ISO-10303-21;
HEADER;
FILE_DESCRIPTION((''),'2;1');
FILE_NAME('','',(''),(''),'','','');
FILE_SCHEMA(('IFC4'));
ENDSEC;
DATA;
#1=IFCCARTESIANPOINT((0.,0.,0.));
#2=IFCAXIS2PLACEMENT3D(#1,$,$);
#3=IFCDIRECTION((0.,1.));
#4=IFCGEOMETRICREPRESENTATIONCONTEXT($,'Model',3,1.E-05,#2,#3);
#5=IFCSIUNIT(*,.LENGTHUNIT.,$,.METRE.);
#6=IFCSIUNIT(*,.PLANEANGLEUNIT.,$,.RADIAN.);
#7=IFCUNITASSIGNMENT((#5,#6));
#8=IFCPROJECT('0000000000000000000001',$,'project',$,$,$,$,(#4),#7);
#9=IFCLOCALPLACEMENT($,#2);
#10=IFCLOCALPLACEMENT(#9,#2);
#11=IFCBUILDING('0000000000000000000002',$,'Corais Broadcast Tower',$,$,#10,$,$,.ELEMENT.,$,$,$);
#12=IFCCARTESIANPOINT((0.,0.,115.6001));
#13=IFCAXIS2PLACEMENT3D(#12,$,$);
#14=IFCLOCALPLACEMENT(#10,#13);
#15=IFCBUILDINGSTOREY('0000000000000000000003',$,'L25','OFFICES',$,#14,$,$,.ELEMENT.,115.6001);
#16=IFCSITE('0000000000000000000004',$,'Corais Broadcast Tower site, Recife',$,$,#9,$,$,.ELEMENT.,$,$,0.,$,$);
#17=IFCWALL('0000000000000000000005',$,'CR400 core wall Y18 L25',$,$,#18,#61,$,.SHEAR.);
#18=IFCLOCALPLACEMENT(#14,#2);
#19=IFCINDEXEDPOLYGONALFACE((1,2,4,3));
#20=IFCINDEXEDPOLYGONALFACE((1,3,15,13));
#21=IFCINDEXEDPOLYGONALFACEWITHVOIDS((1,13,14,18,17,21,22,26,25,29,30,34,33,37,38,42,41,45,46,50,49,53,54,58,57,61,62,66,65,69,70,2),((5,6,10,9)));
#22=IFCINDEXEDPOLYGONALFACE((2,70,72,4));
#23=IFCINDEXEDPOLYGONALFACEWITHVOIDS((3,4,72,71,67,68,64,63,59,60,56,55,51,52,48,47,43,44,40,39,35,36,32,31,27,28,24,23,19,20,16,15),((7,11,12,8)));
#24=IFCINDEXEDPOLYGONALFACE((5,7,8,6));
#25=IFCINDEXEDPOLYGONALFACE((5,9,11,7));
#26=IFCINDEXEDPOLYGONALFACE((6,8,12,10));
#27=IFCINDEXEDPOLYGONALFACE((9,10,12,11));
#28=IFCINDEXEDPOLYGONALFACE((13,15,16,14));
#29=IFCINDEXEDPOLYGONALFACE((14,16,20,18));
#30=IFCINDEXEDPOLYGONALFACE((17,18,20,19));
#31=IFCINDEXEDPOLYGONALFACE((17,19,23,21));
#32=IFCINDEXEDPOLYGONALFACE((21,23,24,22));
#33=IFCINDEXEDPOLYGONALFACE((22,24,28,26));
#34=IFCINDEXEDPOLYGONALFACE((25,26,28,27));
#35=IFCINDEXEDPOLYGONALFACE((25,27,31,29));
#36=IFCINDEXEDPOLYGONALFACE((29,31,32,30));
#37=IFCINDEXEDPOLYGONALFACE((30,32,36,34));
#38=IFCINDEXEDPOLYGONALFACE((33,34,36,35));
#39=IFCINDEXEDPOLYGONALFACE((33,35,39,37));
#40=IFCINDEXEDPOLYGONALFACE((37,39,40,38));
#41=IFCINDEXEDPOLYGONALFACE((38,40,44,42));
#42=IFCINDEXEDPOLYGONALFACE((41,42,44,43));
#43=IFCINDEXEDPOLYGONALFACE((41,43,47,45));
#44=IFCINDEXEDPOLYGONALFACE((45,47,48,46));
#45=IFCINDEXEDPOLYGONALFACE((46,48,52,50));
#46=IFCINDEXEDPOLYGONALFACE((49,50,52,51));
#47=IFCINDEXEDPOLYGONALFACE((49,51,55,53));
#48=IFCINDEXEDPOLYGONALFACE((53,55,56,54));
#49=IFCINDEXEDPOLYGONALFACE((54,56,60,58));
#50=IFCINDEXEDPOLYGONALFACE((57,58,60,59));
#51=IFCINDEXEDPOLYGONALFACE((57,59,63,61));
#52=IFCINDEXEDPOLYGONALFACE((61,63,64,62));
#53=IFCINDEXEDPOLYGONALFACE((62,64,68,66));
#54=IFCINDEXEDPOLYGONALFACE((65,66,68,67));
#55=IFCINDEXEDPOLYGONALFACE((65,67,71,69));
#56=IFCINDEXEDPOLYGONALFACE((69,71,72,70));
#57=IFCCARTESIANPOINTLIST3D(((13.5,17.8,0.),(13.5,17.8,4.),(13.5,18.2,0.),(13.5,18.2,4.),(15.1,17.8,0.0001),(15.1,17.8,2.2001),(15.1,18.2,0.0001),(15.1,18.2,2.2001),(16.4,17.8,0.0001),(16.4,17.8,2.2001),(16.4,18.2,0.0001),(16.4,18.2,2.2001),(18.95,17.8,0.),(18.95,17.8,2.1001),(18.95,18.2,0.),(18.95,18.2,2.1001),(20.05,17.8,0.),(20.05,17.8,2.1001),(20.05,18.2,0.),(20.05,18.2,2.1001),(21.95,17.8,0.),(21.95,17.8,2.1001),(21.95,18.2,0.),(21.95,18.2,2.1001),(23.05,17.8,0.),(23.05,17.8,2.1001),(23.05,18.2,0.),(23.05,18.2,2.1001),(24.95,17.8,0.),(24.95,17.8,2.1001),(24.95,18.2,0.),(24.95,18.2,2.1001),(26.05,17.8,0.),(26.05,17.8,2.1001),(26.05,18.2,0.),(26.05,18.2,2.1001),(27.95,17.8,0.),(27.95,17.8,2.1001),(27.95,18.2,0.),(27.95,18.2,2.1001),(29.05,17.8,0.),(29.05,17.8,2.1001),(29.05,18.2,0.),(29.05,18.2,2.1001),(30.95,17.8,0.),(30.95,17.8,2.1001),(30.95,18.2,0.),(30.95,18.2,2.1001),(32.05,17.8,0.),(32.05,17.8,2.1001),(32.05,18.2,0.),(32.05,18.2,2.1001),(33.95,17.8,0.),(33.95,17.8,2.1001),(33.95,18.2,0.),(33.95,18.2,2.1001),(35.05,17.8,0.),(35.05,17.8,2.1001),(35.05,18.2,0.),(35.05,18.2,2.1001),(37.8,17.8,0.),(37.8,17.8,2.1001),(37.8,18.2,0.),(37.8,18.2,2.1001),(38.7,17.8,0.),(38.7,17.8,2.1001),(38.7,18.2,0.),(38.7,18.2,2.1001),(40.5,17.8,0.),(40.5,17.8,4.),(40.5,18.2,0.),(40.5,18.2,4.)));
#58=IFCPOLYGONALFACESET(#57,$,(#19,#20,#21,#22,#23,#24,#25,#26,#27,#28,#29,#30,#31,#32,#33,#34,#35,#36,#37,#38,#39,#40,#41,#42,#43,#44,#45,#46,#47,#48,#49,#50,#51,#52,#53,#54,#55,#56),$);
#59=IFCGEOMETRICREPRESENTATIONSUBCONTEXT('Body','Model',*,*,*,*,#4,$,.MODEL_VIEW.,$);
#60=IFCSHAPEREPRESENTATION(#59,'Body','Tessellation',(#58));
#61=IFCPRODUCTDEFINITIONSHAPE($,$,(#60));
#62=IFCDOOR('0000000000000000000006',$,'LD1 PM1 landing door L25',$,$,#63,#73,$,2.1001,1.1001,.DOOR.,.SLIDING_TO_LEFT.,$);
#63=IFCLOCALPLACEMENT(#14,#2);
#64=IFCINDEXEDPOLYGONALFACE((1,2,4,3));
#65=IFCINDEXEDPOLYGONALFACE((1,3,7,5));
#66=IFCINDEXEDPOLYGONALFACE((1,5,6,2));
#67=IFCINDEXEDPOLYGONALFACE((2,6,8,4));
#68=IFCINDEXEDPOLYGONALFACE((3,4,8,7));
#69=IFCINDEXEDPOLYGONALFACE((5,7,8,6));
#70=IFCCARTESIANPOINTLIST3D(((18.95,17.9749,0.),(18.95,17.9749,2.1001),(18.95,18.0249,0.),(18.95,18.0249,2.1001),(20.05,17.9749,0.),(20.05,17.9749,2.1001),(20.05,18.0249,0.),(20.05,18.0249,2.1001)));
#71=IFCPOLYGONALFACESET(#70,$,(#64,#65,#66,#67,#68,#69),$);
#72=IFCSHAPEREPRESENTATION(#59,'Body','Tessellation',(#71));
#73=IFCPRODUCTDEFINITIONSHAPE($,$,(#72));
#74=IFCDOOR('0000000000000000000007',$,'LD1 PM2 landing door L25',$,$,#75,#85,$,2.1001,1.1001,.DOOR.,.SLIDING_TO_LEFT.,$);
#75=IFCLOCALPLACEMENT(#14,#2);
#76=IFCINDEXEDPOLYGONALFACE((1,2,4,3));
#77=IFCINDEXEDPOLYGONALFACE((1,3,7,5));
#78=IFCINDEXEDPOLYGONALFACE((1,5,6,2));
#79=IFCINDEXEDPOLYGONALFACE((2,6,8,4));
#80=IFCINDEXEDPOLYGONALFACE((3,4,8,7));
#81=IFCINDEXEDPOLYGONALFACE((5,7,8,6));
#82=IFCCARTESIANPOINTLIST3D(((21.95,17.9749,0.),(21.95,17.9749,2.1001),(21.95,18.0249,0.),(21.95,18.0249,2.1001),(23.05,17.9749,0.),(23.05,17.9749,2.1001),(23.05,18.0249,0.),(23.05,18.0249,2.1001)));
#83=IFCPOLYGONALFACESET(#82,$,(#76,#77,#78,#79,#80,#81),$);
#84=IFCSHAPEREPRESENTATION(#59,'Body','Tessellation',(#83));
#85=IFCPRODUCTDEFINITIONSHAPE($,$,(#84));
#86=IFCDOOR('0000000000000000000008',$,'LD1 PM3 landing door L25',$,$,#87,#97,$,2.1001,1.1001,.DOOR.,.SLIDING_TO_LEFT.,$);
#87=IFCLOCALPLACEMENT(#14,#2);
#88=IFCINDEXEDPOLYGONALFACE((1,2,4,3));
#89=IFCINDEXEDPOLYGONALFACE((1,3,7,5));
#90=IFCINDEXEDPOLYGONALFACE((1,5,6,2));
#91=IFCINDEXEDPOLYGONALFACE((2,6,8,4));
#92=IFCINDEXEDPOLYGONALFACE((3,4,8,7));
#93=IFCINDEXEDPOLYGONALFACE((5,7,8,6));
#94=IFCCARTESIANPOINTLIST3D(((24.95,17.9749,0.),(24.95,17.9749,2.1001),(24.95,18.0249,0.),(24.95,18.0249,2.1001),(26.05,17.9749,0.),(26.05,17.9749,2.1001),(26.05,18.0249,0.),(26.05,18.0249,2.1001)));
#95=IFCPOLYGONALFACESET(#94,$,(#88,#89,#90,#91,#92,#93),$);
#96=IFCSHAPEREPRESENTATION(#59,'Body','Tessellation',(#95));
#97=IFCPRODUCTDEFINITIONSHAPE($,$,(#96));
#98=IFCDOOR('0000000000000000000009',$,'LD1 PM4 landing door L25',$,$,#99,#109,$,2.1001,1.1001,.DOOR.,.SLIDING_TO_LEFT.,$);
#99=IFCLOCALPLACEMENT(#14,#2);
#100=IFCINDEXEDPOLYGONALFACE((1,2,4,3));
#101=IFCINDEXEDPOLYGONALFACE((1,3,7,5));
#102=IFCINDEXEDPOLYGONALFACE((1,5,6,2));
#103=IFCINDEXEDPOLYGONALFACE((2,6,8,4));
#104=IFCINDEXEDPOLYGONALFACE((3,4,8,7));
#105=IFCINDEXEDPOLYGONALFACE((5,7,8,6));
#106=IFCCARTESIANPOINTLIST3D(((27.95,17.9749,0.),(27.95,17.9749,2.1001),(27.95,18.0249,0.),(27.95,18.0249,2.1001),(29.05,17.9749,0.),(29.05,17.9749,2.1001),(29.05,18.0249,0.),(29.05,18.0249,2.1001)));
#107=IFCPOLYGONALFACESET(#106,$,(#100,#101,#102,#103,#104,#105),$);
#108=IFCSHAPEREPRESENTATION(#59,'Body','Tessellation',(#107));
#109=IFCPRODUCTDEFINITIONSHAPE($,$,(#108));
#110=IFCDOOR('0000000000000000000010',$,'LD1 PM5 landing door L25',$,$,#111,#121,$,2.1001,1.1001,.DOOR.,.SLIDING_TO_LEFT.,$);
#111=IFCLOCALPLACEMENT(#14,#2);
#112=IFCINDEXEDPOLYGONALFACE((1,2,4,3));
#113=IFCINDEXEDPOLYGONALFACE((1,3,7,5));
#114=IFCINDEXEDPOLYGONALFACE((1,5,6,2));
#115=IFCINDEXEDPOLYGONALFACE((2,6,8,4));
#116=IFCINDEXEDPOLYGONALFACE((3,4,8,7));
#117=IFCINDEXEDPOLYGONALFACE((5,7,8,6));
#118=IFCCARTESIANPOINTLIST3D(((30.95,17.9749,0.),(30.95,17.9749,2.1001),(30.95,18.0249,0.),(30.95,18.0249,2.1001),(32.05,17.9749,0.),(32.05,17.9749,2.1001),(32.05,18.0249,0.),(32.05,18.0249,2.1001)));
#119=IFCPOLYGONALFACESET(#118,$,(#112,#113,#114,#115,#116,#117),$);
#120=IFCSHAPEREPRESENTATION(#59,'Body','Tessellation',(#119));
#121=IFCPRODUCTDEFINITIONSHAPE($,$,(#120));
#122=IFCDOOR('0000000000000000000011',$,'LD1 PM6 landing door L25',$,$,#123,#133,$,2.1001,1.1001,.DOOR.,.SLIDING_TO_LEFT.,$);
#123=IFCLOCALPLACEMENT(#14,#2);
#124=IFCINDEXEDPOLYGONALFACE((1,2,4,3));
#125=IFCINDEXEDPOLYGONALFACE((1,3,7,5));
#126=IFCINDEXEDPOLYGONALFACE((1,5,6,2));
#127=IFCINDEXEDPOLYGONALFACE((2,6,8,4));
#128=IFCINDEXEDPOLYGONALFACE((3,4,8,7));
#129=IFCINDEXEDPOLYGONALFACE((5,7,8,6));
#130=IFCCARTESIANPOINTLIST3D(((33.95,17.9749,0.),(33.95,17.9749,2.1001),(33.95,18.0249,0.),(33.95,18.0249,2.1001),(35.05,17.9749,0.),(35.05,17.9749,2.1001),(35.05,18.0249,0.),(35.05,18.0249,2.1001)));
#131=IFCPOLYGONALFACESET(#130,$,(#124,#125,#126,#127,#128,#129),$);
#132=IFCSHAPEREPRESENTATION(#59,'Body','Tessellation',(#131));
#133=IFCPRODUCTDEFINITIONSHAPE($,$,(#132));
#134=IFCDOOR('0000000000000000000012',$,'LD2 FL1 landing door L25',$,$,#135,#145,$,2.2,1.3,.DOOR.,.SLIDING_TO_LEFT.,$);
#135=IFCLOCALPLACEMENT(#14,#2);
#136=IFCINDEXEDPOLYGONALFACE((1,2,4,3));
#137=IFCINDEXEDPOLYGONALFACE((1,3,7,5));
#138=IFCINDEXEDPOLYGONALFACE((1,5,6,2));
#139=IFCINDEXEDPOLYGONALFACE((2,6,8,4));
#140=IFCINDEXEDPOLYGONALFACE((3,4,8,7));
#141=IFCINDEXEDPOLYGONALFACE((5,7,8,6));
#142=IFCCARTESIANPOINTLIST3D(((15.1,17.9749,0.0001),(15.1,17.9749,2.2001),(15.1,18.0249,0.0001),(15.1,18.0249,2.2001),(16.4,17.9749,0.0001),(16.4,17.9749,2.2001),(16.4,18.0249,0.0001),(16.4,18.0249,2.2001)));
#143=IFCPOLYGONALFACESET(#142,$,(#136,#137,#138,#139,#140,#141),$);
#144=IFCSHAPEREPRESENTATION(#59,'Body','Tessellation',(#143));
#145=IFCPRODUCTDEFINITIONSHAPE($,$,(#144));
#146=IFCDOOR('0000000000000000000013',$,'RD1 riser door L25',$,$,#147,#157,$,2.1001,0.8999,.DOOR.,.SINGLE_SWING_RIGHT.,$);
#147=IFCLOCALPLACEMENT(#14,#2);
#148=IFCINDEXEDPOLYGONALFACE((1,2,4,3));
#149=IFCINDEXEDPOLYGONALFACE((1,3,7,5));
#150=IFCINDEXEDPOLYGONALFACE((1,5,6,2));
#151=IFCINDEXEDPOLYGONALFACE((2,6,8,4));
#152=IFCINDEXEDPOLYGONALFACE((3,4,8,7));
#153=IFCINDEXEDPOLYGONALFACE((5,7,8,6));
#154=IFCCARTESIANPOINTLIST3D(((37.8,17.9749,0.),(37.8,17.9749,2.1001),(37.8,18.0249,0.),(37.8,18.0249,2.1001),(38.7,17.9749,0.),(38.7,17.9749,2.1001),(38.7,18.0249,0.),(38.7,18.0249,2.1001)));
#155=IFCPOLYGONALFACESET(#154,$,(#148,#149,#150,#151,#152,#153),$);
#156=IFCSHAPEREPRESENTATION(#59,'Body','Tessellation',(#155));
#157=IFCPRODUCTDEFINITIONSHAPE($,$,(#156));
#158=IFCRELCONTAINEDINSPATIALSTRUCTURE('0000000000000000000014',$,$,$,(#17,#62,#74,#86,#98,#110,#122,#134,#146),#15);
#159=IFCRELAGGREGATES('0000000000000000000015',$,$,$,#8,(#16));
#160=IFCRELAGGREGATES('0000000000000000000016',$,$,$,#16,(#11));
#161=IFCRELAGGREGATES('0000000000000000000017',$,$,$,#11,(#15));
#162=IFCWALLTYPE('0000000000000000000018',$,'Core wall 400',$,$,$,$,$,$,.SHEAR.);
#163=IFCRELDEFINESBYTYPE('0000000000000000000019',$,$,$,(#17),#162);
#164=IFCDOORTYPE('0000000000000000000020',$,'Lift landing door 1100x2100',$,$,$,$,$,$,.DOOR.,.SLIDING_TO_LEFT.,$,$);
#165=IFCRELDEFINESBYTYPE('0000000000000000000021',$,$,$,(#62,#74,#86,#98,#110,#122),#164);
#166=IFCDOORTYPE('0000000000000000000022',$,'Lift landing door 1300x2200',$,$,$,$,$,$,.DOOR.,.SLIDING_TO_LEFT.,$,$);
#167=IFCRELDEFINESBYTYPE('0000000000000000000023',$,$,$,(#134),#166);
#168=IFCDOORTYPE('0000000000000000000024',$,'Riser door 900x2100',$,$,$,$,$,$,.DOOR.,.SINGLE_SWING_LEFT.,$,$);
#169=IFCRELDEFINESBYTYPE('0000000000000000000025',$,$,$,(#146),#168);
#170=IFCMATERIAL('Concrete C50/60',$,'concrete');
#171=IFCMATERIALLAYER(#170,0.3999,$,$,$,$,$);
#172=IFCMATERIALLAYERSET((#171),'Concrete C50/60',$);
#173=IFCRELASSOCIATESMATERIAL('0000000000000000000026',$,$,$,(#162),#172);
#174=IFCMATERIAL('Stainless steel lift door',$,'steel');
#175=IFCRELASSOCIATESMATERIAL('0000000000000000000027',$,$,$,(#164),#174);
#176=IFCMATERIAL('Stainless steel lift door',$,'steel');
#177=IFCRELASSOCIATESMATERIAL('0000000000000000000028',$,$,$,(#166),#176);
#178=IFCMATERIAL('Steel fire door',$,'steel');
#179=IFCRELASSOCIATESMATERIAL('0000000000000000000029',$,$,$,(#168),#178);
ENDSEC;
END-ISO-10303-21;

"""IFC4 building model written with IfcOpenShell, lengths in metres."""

from ifc_helpers import new_model, si_unit, direction, frame, frame_2d, origin, place, context, subcontext, project, spatial, rectangle, extrude, material, layer, layer_set, type_object, element, fill, save


model = new_model("IFC4")

# Units and contexts
model_context = context("Model", 3, precision=1e-05, world=origin(), true_north=direction((0.0, 1.0)))
body_context = subcontext(model_context, "Body", "Model", "MODEL_VIEW")
ifc_project = project(units=[si_unit("LENGTHUNIT", "METRE"), si_unit("PLANEANGLEUNIT", "RADIAN")], contexts=[model_context])

# Site, building, storey
site_placement = place(None, origin())
site = spatial("IfcSite", under=ifc_project, at=site_placement, Name="Corais Broadcast Tower site, Recife", CompositionType="ELEMENT", RefElevation=0.0)
building_placement = place(site_placement, origin())
building = spatial("IfcBuilding", under=site, at=building_placement, Name="Corais Broadcast Tower", CompositionType="ELEMENT")
storey_placement = place(building_placement, frame((0.0, 0.0, 115.6001)))
storey = spatial("IfcBuildingStorey", under=building, at=storey_placement, Name="L25", Description="OFFICES", CompositionType="ELEMENT", Elevation=115.6001)

# Wall, openings, doors
ifc_material_1 = material(Name="Concrete C50/60", Category="concrete")
ifc_layer_1 = layer(ifc_material_1, 0.3999)
ifc_layer_set_1 = layer_set([ifc_layer_1], Name="Concrete C50/60")
wall_type_1 = type_object("IfcWallType", Name="Core wall 400", PredefinedType="SHEAR", material=ifc_layer_set_1)
wall_1_placement = place(storey_placement, frame((13.5, 18.0, 0.0), z_axis=(0.0, 0.0, 1.0), x_axis=(1.0, 0.0, 0.0)))
wall_1 = element("IfcWall", 1, at=wall_1_placement, inside=storey, type_object=wall_type_1, Name="CR400 core wall Y18 L25", PredefinedType="SHEAR", context=body_context, shape_type="SweptSolid", body=[
    extrude(rectangle(XDim=27.0, YDim=0.3999, at=frame_2d((13.5, 0.0))), origin(), (0.0, 0.0, 1.0), 4.0),
])
opening_1_placement = place(wall_1_placement, frame((24.3, 0.0, 0.0)))
opening_1 = element("IfcOpeningElement", 2, at=opening_1_placement, cuts=wall_1, PredefinedType="OPENING", context=body_context, shape_type="SweptSolid", body=[
    extrude(rectangle(XDim=0.8999, YDim=2.1001, at=frame_2d((0.45, 1.05))), frame((0.0, 0.21, 0.0), z_axis=(0.0, -1.0, 0.0), x_axis=(1.0, 0.0, 0.0)), (0.0, 0.0, 1.0), 0.4199),
])
opening_2_placement = place(wall_1_placement, frame((5.45, 0.0, 0.0)))
opening_2 = element("IfcOpeningElement", 3, at=opening_2_placement, cuts=wall_1, PredefinedType="OPENING", context=body_context, shape_type="SweptSolid", body=[
    extrude(rectangle(XDim=1.1001, YDim=2.1001, at=frame_2d((0.55, 1.05))), frame((0.0, 0.21, 0.0), z_axis=(0.0, -1.0, 0.0), x_axis=(1.0, 0.0, 0.0)), (0.0, 0.0, 1.0), 0.4199),
])
opening_3_placement = place(wall_1_placement, frame((8.45, 0.0, 0.0)))
opening_3 = element("IfcOpeningElement", 4, at=opening_3_placement, cuts=wall_1, PredefinedType="OPENING", context=body_context, shape_type="SweptSolid", body=[
    extrude(rectangle(XDim=1.1001, YDim=2.1001, at=frame_2d((0.55, 1.05))), frame((0.0, 0.21, 0.0), z_axis=(0.0, -1.0, 0.0), x_axis=(1.0, 0.0, 0.0)), (0.0, 0.0, 1.0), 0.4199),
])
opening_4_placement = place(wall_1_placement, frame((11.45, 0.0, 0.0)))
opening_4 = element("IfcOpeningElement", 5, at=opening_4_placement, cuts=wall_1, PredefinedType="OPENING", context=body_context, shape_type="SweptSolid", body=[
    extrude(rectangle(XDim=1.1001, YDim=2.1001, at=frame_2d((0.55, 1.05))), frame((0.0, 0.21, 0.0), z_axis=(0.0, -1.0, 0.0), x_axis=(1.0, 0.0, 0.0)), (0.0, 0.0, 1.0), 0.4199),
])
opening_5_placement = place(wall_1_placement, frame((14.45, 0.0, 0.0)))
opening_5 = element("IfcOpeningElement", 6, at=opening_5_placement, cuts=wall_1, PredefinedType="OPENING", context=body_context, shape_type="SweptSolid", body=[
    extrude(rectangle(XDim=1.1001, YDim=2.1001, at=frame_2d((0.55, 1.05))), frame((0.0, 0.21, 0.0), z_axis=(0.0, -1.0, 0.0), x_axis=(1.0, 0.0, 0.0)), (0.0, 0.0, 1.0), 0.4199),
])
opening_6_placement = place(wall_1_placement, frame((17.45, 0.0, 0.0)))
opening_6 = element("IfcOpeningElement", 7, at=opening_6_placement, cuts=wall_1, PredefinedType="OPENING", context=body_context, shape_type="SweptSolid", body=[
    extrude(rectangle(XDim=1.1001, YDim=2.1001, at=frame_2d((0.55, 1.05))), frame((0.0, 0.21, 0.0), z_axis=(0.0, -1.0, 0.0), x_axis=(1.0, 0.0, 0.0)), (0.0, 0.0, 1.0), 0.4199),
])
opening_7_placement = place(wall_1_placement, frame((20.45, 0.0, 0.0)))
opening_7 = element("IfcOpeningElement", 8, at=opening_7_placement, cuts=wall_1, PredefinedType="OPENING", context=body_context, shape_type="SweptSolid", body=[
    extrude(rectangle(XDim=1.1001, YDim=2.1001, at=frame_2d((0.55, 1.05))), frame((0.0, 0.21, 0.0), z_axis=(0.0, -1.0, 0.0), x_axis=(1.0, 0.0, 0.0)), (0.0, 0.0, 1.0), 0.4199),
])
opening_8_placement = place(wall_1_placement, frame((1.6001, 0.0, 0.0)))
opening_8 = element("IfcOpeningElement", 9, at=opening_8_placement, cuts=wall_1, PredefinedType="OPENING", context=body_context, shape_type="SweptSolid", body=[
    extrude(rectangle(XDim=1.3, YDim=2.2, at=frame_2d((0.6499, 1.1001))), frame((0.0, 0.21, 0.0), z_axis=(0.0, -1.0, 0.0), x_axis=(1.0, 0.0, 0.0)), (0.0, 0.0, 1.0), 0.4199),
])
ifc_material_2 = material(Name="Stainless steel lift door", Category="steel")
door_type_1 = type_object("IfcDoorType", Name="Lift landing door 1100x2100", OperationType="SLIDING_TO_LEFT", PredefinedType="DOOR", material=ifc_material_2)
door_1_placement = place(opening_2_placement, origin())
door_1 = element("IfcDoor", 10, at=door_1_placement, inside=storey, type_object=door_type_1, Name="LD1 PM1 landing door L25", OperationType="SLIDING_TO_LEFT", OverallHeight=2.1001, OverallWidth=1.1001, PredefinedType="DOOR", context=body_context, shape_type="SweptSolid", body=[
    extrude(rectangle(XDim=1.1001, YDim=2.1001, at=frame_2d((0.55, 1.05))), frame((0.0, 0.0249, 0.0), z_axis=(0.0, -1.0, 0.0), x_axis=(1.0, 0.0, 0.0)), (0.0, 0.0, 1.0), 0.05),
])
fill(opening_2, door_1)
door_2_placement = place(opening_3_placement, origin())
door_2 = element("IfcDoor", 11, at=door_2_placement, inside=storey, type_object=door_type_1, Name="LD1 PM2 landing door L25", OperationType="SLIDING_TO_LEFT", OverallHeight=2.1001, OverallWidth=1.1001, PredefinedType="DOOR", context=body_context, shape_type="SweptSolid", body=[
    extrude(rectangle(XDim=1.1001, YDim=2.1001, at=frame_2d((0.55, 1.05))), frame((0.0, 0.0249, 0.0), z_axis=(0.0, -1.0, 0.0), x_axis=(1.0, 0.0, 0.0)), (0.0, 0.0, 1.0), 0.05),
])
fill(opening_3, door_2)
door_3_placement = place(opening_4_placement, origin())
door_3 = element("IfcDoor", 12, at=door_3_placement, inside=storey, type_object=door_type_1, Name="LD1 PM3 landing door L25", OperationType="SLIDING_TO_LEFT", OverallHeight=2.1001, OverallWidth=1.1001, PredefinedType="DOOR", context=body_context, shape_type="SweptSolid", body=[
    extrude(rectangle(XDim=1.1001, YDim=2.1001, at=frame_2d((0.55, 1.05))), frame((0.0, 0.0249, 0.0), z_axis=(0.0, -1.0, 0.0), x_axis=(1.0, 0.0, 0.0)), (0.0, 0.0, 1.0), 0.05),
])
fill(opening_4, door_3)
door_4_placement = place(opening_5_placement, origin())
door_4 = element("IfcDoor", 13, at=door_4_placement, inside=storey, type_object=door_type_1, Name="LD1 PM4 landing door L25", OperationType="SLIDING_TO_LEFT", OverallHeight=2.1001, OverallWidth=1.1001, PredefinedType="DOOR", context=body_context, shape_type="SweptSolid", body=[
    extrude(rectangle(XDim=1.1001, YDim=2.1001, at=frame_2d((0.55, 1.05))), frame((0.0, 0.0249, 0.0), z_axis=(0.0, -1.0, 0.0), x_axis=(1.0, 0.0, 0.0)), (0.0, 0.0, 1.0), 0.05),
])
fill(opening_5, door_4)
door_5_placement = place(opening_6_placement, origin())
door_5 = element("IfcDoor", 14, at=door_5_placement, inside=storey, type_object=door_type_1, Name="LD1 PM5 landing door L25", OperationType="SLIDING_TO_LEFT", OverallHeight=2.1001, OverallWidth=1.1001, PredefinedType="DOOR", context=body_context, shape_type="SweptSolid", body=[
    extrude(rectangle(XDim=1.1001, YDim=2.1001, at=frame_2d((0.55, 1.05))), frame((0.0, 0.0249, 0.0), z_axis=(0.0, -1.0, 0.0), x_axis=(1.0, 0.0, 0.0)), (0.0, 0.0, 1.0), 0.05),
])
fill(opening_6, door_5)
door_6_placement = place(opening_7_placement, origin())
door_6 = element("IfcDoor", 15, at=door_6_placement, inside=storey, type_object=door_type_1, Name="LD1 PM6 landing door L25", OperationType="SLIDING_TO_LEFT", OverallHeight=2.1001, OverallWidth=1.1001, PredefinedType="DOOR", context=body_context, shape_type="SweptSolid", body=[
    extrude(rectangle(XDim=1.1001, YDim=2.1001, at=frame_2d((0.55, 1.05))), frame((0.0, 0.0249, 0.0), z_axis=(0.0, -1.0, 0.0), x_axis=(1.0, 0.0, 0.0)), (0.0, 0.0, 1.0), 0.05),
])
fill(opening_7, door_6)
ifc_material_3 = material(Name="Stainless steel lift door", Category="steel")
door_type_2 = type_object("IfcDoorType", Name="Lift landing door 1300x2200", OperationType="SLIDING_TO_LEFT", PredefinedType="DOOR", material=ifc_material_3)
door_7_placement = place(opening_8_placement, origin())
door_7 = element("IfcDoor", 16, at=door_7_placement, inside=storey, type_object=door_type_2, Name="LD2 FL1 landing door L25", OperationType="SLIDING_TO_LEFT", OverallHeight=2.2, OverallWidth=1.3, PredefinedType="DOOR", context=body_context, shape_type="SweptSolid", body=[
    extrude(rectangle(XDim=1.3, YDim=2.2, at=frame_2d((0.6499, 1.1001))), frame((0.0, 0.0249, 0.0), z_axis=(0.0, -1.0, 0.0), x_axis=(1.0, 0.0, 0.0)), (0.0, 0.0, 1.0), 0.05),
])
fill(opening_8, door_7)
ifc_material_4 = material(Name="Steel fire door", Category="steel")
door_type_3 = type_object("IfcDoorType", Name="Riser door 900x2100", OperationType="SINGLE_SWING_LEFT", PredefinedType="DOOR", material=ifc_material_4)
door_8_placement = place(opening_1_placement, origin())
door_8 = element("IfcDoor", 17, at=door_8_placement, inside=storey, type_object=door_type_3, Name="RD1 riser door L25", OperationType="SINGLE_SWING_RIGHT", OverallHeight=2.1001, OverallWidth=0.8999, PredefinedType="DOOR", context=body_context, shape_type="SweptSolid", body=[
    extrude(rectangle(XDim=0.8999, YDim=2.1001, at=frame_2d((0.45, 1.05))), frame((0.0, 0.0249, 0.0), z_axis=(0.0, -1.0, 0.0), x_axis=(1.0, 0.0, 0.0)), (0.0, 0.0, 1.0), 0.05),
])
fill(opening_1, door_8)

save(model, "model.ifc")
